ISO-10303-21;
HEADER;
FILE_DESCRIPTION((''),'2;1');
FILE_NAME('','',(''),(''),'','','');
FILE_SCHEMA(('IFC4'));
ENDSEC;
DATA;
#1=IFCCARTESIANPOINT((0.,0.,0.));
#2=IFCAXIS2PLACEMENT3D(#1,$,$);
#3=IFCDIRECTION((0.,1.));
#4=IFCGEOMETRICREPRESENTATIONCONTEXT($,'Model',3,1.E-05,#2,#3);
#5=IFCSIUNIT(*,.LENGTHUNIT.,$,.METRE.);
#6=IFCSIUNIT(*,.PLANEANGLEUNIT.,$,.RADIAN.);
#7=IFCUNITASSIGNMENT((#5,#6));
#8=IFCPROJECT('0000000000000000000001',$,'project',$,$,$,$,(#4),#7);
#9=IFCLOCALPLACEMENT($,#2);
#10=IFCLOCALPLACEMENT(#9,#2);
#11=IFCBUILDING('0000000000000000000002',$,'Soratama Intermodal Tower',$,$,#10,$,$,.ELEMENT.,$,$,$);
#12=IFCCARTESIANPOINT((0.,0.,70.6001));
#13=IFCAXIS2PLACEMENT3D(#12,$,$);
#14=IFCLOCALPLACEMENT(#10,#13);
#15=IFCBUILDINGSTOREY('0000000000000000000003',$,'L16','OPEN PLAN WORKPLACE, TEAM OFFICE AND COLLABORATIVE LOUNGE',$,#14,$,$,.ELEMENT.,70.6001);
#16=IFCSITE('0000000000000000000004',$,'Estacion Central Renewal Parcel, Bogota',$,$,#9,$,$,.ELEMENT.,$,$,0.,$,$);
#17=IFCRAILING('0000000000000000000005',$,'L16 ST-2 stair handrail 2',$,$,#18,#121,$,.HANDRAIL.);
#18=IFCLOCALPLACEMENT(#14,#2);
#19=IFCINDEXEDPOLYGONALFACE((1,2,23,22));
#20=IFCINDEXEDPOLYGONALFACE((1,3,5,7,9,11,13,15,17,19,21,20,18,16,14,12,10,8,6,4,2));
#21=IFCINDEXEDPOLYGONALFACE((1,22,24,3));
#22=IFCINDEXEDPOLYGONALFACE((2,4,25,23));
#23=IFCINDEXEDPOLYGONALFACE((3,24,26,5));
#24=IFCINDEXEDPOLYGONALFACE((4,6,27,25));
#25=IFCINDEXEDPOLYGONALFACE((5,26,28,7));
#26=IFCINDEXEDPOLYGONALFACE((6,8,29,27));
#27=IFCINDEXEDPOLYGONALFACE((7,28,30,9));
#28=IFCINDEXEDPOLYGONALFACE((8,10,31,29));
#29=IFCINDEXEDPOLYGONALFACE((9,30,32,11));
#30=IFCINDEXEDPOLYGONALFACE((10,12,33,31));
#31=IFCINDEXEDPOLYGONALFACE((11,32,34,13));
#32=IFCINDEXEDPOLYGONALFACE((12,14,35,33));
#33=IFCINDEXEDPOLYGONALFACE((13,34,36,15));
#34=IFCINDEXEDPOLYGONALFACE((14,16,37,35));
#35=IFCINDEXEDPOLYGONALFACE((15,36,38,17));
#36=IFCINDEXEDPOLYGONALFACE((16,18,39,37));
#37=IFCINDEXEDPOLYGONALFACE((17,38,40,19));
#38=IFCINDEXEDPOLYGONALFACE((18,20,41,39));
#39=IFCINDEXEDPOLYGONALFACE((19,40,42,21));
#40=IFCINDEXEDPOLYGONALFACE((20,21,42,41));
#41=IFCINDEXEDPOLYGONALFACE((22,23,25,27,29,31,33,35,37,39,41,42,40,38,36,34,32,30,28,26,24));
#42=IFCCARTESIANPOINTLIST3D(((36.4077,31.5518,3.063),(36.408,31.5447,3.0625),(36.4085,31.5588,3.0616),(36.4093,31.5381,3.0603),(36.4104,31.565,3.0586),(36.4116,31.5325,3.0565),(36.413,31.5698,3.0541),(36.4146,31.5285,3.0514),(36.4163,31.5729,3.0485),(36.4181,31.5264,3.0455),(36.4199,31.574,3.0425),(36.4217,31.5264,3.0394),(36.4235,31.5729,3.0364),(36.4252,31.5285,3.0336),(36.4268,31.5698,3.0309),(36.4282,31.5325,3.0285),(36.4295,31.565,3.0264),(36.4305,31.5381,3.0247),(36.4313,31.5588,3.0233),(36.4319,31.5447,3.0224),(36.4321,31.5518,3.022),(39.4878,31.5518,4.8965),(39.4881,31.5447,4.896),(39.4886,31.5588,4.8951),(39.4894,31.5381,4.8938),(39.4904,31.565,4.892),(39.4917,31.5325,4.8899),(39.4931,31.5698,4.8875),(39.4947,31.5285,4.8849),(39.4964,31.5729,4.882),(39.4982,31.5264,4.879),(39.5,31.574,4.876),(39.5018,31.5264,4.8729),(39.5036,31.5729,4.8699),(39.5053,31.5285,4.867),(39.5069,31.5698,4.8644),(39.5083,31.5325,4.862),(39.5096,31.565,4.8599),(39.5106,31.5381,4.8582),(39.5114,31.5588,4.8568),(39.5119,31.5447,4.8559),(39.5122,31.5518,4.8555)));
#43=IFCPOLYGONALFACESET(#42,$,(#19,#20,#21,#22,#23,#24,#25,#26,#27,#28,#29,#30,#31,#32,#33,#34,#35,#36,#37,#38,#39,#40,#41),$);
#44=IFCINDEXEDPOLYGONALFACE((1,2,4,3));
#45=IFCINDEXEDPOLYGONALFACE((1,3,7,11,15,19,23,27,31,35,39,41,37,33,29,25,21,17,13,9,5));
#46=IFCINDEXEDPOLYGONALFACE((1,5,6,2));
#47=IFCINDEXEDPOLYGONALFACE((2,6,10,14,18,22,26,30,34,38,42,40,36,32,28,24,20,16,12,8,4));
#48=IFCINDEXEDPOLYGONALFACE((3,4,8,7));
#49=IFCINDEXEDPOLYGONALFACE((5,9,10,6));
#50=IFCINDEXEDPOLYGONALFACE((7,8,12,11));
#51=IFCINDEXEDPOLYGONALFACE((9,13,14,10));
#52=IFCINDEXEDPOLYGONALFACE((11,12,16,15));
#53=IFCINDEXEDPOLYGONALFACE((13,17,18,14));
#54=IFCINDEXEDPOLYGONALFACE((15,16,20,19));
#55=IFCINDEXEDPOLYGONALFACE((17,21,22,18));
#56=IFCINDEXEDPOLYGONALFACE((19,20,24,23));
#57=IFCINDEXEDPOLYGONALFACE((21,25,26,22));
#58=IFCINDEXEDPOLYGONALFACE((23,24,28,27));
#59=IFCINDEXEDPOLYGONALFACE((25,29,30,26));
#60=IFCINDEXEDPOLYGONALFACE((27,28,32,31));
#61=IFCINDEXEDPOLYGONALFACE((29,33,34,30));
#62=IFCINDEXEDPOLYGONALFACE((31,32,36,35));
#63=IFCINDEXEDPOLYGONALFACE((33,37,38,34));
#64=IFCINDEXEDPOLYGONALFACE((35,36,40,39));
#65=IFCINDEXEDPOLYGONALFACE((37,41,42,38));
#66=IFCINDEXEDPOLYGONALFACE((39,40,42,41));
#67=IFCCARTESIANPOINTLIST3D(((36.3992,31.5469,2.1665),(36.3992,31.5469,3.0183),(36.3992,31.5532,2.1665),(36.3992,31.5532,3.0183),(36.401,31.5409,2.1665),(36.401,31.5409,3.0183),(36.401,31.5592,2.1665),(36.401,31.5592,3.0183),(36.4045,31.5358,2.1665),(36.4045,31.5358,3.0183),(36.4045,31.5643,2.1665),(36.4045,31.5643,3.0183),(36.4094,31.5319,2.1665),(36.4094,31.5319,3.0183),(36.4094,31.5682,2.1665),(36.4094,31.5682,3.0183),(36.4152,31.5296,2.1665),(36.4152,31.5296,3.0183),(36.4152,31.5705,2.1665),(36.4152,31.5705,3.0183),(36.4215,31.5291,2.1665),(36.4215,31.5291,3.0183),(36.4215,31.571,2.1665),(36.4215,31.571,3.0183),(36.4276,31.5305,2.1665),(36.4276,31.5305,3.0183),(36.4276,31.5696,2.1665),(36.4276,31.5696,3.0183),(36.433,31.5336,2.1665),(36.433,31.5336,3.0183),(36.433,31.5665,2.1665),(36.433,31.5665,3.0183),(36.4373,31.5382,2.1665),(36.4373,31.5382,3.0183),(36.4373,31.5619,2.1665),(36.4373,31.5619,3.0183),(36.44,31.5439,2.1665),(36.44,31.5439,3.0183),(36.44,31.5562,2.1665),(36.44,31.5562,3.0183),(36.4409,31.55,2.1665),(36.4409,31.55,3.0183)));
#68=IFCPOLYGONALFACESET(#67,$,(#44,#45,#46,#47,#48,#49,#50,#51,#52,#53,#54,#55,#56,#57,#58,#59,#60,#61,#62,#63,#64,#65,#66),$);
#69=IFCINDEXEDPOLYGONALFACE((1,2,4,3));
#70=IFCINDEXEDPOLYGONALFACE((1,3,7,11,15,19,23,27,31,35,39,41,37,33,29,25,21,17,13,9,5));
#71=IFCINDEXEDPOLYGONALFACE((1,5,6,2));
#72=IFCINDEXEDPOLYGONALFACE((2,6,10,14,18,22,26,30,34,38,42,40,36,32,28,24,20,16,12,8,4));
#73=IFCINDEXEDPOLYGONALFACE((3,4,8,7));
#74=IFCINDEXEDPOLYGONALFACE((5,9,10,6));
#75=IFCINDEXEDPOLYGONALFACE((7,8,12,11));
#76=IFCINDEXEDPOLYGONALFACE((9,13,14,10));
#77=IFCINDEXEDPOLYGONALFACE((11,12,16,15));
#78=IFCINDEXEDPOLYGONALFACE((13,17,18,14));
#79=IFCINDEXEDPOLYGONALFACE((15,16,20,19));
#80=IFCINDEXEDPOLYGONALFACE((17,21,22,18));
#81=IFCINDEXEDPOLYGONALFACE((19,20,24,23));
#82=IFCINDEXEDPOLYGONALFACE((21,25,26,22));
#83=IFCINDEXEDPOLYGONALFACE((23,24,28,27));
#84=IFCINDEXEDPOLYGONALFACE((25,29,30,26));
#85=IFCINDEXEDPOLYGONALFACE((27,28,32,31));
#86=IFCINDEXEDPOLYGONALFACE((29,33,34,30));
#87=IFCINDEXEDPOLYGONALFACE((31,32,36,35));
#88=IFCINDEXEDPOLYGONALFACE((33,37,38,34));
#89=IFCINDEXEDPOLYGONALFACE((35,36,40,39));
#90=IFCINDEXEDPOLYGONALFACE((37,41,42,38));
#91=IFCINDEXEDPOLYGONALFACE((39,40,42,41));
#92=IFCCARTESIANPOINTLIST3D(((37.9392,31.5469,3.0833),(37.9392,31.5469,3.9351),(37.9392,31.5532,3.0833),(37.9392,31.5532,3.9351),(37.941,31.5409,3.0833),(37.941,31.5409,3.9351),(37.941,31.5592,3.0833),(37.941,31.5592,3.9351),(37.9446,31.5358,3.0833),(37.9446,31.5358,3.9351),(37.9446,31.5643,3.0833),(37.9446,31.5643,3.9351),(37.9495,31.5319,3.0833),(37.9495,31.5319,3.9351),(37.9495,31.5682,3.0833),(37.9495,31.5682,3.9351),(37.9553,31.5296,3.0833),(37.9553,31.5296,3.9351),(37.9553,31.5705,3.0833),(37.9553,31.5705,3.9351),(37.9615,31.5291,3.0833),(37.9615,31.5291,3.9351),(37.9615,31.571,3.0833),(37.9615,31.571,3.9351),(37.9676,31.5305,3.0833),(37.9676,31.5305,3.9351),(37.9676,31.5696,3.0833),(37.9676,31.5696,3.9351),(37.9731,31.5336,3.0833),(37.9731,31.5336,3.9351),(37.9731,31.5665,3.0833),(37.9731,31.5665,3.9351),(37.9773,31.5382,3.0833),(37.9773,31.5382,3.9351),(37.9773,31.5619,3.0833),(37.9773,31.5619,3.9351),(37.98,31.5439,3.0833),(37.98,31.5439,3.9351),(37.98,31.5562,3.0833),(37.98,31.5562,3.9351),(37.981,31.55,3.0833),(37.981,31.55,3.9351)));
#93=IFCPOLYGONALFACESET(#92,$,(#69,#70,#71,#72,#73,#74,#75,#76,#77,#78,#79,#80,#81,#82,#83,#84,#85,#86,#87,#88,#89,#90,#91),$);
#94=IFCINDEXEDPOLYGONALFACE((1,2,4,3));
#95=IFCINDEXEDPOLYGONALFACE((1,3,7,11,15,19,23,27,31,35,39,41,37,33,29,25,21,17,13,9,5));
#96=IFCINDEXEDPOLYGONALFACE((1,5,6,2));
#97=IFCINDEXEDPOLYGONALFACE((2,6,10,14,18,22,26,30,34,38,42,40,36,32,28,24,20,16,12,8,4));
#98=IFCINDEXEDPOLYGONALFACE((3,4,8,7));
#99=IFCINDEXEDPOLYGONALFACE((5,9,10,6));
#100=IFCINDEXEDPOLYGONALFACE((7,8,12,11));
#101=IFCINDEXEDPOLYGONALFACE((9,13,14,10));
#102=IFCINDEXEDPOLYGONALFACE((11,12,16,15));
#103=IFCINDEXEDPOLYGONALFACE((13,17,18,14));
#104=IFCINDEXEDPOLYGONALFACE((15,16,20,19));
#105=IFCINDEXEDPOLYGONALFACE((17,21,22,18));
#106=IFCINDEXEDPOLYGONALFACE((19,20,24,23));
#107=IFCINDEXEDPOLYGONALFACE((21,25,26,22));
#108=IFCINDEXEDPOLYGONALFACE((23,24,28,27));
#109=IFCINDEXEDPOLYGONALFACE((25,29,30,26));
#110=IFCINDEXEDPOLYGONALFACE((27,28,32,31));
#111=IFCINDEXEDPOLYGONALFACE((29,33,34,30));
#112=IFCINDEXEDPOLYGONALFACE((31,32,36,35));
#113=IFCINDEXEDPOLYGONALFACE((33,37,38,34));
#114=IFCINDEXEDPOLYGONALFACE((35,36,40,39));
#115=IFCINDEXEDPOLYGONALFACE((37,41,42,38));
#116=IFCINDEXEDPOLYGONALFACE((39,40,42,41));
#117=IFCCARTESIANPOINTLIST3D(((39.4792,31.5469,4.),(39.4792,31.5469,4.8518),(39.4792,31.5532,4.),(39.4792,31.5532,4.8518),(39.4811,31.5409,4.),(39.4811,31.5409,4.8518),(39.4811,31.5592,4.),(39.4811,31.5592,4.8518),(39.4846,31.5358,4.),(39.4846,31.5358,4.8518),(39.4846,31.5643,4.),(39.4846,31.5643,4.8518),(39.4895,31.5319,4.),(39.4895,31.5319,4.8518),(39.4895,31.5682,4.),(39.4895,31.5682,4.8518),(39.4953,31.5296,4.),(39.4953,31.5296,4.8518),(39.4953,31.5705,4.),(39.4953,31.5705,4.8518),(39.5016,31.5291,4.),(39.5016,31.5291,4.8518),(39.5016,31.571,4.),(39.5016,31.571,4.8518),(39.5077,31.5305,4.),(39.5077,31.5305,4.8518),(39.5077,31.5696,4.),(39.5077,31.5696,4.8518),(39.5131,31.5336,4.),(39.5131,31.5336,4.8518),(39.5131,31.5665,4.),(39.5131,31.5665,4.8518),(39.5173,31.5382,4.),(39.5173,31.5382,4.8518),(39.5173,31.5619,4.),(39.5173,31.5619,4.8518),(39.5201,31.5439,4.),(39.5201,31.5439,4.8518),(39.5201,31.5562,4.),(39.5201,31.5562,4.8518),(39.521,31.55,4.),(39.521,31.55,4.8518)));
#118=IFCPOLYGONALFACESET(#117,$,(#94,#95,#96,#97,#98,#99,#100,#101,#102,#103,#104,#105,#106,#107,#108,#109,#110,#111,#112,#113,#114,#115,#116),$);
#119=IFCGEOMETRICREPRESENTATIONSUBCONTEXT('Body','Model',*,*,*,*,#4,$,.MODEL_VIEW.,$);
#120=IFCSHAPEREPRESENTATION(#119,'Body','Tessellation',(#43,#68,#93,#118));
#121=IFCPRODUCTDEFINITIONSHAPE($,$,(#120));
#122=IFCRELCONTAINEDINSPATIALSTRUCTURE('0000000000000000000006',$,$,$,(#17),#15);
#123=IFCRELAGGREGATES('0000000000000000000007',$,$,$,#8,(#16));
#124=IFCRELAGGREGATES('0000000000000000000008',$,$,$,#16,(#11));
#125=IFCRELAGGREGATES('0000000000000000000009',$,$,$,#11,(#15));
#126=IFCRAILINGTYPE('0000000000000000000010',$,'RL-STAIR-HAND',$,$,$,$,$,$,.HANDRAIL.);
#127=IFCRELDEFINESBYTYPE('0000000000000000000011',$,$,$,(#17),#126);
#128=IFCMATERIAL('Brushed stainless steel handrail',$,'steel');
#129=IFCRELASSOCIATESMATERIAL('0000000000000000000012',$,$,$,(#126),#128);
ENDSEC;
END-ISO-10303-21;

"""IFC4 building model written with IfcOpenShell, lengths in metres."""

from ifc_helpers import new_model, si_unit, direction, frame, origin, origin_2d, place, context, subcontext, project, spatial, circle, extrude, material, type_object, element, save


model = new_model("IFC4")

# Units and contexts
model_context = context("Model", 3, precision=1e-05, world=origin(), true_north=direction((0.0, 1.0)))
body_context = subcontext(model_context, "Body", "Model", "MODEL_VIEW")
ifc_project = project(units=[si_unit("LENGTHUNIT", "METRE"), si_unit("PLANEANGLEUNIT", "RADIAN")], contexts=[model_context])

# Site, building, storey
site_placement = place(None, origin())
site = spatial("IfcSite", under=ifc_project, at=site_placement, Name="Estacion Central Renewal Parcel, Bogota", CompositionType="ELEMENT", RefElevation=0.0)
building_placement = place(site_placement, origin())
building = spatial("IfcBuilding", under=site, at=building_placement, Name="Soratama Intermodal Tower", CompositionType="ELEMENT")
storey_placement = place(building_placement, frame((0.0, 0.0, 70.6001)))
storey = spatial("IfcBuildingStorey", under=building, at=storey_placement, Name="L16", Description="OPEN PLAN WORKPLACE, TEAM OFFICE AND COLLABORATIVE LOUNGE", CompositionType="ELEMENT", Elevation=70.6001)

# Railing
ifc_material_1 = material(Name="Brushed stainless steel handrail", Category="steel")
railing_type_1 = type_object("IfcRailingType", Name="RL-STAIR-HAND", PredefinedType="HANDRAIL", material=ifc_material_1)
railing_1_placement = place(storey_placement, frame((36.4199, 31.55, 2.1665)))
element("IfcRailing", 1, at=railing_1_placement, inside=storey, type_object=railing_type_1, Name="L16 ST-2 stair handrail 2", PredefinedType="HANDRAIL", context=body_context, shape_type="SweptSolid", body=[
    extrude(circle(Radius=0.0239, at=origin_2d()), frame((0.0, 0.0, 0.876), z_axis=(0.859279, 0.0, 0.511508), x_axis=(0.0, 1.0, 0.0)), (0.0, 0.0, 1.0), 3.5845),
    extrude(circle(Radius=0.021, at=origin_2d()), origin(), (0.0, 0.0, 1.0), 0.8518),
    extrude(circle(Radius=0.021, at=origin_2d()), frame((1.54, 0.0, 0.9167)), (0.0, 0.0, 1.0), 0.8518),
    extrude(circle(Radius=0.021, at=origin_2d()), frame((3.0801, 0.0, 1.8335)), (0.0, 0.0, 1.0), 0.8518),
])

save(model, "model.ifc")
